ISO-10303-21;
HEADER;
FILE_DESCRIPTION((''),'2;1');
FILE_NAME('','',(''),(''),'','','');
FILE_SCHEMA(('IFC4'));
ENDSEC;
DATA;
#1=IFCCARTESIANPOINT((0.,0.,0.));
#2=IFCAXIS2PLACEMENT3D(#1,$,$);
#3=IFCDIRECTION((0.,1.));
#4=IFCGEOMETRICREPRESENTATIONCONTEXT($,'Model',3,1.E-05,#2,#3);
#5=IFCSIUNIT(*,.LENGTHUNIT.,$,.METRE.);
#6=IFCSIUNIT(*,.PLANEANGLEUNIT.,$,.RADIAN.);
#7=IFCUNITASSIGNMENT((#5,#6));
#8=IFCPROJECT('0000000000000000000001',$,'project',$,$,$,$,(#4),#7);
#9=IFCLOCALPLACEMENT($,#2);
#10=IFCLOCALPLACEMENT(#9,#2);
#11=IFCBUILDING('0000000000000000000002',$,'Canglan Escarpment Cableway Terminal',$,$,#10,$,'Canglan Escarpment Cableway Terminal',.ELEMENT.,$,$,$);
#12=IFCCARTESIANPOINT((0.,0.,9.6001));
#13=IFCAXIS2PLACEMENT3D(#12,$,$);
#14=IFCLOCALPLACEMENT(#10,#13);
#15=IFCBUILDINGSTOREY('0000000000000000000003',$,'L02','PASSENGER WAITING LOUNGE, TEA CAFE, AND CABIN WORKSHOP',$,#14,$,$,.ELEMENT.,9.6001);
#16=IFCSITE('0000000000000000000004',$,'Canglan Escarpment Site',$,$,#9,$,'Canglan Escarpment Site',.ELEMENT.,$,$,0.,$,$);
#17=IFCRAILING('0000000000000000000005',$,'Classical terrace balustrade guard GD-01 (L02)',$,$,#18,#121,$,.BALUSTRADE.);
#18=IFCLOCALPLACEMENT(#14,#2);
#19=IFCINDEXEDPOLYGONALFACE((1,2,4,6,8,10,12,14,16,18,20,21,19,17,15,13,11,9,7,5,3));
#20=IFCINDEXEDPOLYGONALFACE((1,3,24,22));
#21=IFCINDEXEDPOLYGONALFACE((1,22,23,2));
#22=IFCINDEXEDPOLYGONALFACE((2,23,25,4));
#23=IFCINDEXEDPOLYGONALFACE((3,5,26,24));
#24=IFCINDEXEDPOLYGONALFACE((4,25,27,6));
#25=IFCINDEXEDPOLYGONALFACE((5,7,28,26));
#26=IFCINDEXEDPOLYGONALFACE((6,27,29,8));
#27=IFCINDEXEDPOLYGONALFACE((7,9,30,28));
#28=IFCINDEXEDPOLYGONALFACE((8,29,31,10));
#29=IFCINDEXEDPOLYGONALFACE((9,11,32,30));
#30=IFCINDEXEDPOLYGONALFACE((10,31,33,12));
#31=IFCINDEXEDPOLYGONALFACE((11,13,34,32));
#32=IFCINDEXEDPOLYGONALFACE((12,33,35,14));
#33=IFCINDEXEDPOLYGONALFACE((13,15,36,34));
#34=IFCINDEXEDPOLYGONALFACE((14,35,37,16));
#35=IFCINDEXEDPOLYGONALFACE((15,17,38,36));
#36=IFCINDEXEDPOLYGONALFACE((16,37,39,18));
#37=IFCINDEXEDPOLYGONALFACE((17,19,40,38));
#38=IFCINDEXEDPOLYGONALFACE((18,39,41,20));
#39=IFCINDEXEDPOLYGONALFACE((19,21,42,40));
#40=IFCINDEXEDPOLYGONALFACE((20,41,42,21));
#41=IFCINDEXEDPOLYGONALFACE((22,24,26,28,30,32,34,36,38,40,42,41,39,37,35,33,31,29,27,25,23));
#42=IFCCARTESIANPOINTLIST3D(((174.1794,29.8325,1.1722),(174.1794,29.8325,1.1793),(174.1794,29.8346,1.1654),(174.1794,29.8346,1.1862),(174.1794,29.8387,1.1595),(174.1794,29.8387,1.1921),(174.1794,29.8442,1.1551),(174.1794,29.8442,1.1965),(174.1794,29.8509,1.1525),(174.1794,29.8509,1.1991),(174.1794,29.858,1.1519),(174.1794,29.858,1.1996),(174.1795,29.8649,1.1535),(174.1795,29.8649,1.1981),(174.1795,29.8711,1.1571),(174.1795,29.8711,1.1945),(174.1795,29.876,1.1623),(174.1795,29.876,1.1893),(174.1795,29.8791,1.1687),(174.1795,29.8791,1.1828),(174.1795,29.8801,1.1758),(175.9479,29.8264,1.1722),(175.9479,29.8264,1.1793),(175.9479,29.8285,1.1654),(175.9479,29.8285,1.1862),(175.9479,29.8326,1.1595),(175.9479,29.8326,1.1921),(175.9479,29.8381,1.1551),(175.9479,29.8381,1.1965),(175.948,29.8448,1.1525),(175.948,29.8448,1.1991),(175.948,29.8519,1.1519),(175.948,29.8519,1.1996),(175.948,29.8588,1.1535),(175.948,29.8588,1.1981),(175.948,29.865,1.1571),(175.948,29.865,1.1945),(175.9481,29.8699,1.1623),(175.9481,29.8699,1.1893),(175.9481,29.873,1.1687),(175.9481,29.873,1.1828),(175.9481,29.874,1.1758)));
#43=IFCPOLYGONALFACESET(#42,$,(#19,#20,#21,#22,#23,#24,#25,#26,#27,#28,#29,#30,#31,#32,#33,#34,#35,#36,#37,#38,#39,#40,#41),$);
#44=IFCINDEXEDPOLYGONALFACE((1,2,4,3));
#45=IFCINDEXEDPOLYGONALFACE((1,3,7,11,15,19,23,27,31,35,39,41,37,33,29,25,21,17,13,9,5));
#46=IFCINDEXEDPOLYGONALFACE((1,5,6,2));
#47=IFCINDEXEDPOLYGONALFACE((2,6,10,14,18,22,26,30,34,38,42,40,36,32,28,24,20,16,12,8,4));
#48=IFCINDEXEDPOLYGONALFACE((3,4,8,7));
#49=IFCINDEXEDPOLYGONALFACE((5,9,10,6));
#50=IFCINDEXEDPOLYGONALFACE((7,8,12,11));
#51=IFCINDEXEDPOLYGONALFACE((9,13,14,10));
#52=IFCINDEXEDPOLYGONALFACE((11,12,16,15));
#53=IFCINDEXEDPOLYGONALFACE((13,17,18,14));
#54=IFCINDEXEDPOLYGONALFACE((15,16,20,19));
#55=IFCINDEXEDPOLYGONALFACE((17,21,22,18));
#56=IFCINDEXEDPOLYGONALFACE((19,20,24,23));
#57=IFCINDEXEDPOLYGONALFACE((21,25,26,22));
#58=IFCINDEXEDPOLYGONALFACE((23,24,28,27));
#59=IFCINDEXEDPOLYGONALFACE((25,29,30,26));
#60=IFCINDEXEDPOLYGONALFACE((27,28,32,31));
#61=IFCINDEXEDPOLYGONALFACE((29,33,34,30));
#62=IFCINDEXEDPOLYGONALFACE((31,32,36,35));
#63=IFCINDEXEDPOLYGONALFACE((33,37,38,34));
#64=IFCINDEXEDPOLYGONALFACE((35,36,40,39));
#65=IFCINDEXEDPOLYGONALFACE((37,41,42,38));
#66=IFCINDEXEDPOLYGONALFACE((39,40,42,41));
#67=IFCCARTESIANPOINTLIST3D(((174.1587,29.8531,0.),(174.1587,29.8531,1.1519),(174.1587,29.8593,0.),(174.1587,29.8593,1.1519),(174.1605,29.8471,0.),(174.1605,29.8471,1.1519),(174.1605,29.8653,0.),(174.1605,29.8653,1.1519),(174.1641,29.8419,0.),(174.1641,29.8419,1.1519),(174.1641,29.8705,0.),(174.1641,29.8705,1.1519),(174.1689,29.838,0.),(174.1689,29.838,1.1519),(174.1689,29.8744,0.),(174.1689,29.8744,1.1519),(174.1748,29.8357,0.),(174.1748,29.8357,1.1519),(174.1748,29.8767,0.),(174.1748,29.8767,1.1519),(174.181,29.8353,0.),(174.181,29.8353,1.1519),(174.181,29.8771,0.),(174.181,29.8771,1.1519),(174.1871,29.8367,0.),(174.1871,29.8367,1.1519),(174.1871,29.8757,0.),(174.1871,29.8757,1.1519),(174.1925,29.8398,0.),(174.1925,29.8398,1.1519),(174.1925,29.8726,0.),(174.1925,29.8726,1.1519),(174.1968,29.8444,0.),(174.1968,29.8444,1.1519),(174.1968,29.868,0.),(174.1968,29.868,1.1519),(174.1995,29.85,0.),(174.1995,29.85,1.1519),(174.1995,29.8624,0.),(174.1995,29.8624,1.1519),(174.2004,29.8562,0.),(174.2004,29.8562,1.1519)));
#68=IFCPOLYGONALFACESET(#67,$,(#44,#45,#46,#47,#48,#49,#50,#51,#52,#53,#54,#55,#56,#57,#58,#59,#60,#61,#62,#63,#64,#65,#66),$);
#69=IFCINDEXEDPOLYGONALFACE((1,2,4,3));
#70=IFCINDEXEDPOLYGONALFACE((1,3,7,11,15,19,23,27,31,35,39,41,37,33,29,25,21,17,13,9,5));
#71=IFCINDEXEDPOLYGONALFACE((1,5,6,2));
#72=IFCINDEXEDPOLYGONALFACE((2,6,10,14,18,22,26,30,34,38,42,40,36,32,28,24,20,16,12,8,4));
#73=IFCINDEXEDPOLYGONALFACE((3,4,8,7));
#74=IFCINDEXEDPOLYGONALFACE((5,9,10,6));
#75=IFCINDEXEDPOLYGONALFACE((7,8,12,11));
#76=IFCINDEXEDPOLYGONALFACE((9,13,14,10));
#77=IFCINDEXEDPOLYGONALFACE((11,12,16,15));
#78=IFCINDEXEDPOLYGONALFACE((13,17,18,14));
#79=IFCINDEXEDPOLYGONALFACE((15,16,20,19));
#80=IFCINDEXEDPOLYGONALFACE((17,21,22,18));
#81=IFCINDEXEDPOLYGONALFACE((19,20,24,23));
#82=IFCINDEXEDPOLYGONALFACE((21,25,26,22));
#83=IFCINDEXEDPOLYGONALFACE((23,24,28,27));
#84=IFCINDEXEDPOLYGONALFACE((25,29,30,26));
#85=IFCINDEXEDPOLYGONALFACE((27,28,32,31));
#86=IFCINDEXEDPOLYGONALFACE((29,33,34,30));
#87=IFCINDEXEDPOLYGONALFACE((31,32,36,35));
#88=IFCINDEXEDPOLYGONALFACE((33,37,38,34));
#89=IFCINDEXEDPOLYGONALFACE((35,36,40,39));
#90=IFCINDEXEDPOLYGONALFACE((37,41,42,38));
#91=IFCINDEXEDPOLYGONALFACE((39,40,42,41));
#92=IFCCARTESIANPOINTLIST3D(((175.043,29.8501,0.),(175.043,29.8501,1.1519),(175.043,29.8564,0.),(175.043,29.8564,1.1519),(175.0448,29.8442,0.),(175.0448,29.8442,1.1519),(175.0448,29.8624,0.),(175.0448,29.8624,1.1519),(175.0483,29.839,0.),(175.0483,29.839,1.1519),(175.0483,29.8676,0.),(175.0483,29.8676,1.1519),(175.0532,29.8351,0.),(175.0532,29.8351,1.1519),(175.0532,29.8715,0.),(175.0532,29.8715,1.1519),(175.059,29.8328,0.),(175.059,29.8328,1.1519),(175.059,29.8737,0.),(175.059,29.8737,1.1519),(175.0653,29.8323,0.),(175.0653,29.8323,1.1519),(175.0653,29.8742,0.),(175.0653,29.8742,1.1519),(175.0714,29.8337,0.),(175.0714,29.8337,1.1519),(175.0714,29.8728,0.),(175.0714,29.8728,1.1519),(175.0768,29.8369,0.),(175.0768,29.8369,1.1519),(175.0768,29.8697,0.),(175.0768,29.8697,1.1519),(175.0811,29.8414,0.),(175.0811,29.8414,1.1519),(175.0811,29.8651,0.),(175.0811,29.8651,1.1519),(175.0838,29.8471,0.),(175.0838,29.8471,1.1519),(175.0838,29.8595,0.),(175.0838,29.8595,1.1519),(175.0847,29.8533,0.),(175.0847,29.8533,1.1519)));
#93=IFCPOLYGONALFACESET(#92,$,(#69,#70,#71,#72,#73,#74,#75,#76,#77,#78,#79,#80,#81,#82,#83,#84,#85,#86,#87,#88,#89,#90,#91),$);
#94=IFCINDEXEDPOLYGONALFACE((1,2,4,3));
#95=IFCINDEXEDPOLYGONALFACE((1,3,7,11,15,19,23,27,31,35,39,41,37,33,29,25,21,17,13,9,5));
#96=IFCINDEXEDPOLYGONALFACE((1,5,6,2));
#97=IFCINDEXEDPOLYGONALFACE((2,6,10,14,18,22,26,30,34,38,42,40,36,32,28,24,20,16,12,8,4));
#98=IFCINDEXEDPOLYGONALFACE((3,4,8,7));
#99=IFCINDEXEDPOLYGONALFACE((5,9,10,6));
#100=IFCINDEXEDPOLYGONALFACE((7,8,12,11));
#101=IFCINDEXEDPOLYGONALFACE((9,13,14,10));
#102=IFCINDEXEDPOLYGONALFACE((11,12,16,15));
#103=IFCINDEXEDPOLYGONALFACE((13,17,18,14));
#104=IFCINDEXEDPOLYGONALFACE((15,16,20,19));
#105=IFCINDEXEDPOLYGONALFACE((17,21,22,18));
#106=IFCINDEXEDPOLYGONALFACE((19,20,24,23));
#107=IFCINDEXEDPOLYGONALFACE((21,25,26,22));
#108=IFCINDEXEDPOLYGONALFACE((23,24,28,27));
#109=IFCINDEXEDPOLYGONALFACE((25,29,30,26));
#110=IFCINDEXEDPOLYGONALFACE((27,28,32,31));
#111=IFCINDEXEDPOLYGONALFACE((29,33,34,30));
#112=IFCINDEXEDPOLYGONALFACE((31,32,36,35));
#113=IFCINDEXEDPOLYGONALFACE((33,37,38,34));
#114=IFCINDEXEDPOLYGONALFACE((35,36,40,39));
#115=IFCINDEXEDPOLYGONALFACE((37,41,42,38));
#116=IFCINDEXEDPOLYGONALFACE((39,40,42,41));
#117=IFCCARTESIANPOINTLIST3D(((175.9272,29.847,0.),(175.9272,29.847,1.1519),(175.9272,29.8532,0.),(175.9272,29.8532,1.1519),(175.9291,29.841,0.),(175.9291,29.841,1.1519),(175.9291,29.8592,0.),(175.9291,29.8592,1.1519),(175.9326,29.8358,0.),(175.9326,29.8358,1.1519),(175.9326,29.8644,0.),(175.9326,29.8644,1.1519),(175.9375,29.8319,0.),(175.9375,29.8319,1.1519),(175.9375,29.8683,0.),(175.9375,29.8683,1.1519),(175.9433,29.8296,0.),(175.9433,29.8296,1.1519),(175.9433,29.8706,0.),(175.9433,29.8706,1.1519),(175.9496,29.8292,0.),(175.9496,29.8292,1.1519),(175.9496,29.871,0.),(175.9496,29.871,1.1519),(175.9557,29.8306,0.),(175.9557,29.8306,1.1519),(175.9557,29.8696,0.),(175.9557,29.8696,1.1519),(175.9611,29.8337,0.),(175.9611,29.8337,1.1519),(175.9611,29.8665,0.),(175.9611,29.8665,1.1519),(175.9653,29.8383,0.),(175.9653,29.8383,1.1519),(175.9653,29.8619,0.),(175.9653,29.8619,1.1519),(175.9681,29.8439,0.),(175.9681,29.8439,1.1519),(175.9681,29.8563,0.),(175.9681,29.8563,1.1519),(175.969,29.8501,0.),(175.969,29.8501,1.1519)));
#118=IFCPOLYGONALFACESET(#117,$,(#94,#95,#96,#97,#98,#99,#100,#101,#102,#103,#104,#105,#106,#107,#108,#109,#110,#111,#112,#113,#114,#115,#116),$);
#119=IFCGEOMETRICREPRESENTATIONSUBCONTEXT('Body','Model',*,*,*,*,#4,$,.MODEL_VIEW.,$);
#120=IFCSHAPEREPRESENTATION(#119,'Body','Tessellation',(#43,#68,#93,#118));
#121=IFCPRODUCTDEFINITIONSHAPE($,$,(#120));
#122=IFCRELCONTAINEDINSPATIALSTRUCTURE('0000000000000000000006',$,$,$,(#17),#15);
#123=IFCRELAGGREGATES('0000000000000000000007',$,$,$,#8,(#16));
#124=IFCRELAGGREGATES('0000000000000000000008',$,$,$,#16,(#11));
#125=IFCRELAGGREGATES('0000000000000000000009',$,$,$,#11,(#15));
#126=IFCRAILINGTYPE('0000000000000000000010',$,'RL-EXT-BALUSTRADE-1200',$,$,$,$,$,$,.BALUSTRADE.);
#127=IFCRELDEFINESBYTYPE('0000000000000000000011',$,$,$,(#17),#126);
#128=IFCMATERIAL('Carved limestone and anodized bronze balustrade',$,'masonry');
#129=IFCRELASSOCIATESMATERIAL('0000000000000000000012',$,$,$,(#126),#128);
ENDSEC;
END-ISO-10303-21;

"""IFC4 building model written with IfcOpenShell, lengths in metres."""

from ifc_helpers import new_model, si_unit, direction, frame, origin, origin_2d, place, context, subcontext, project, spatial, circle, extrude, material, type_object, element, save


model = new_model("IFC4")

# Units and contexts
model_context = context("Model", 3, precision=1e-05, world=origin(), true_north=direction((0.0, 1.0)))
body_context = subcontext(model_context, "Body", "Model", "MODEL_VIEW")
ifc_project = project(units=[si_unit("LENGTHUNIT", "METRE"), si_unit("PLANEANGLEUNIT", "RADIAN")], contexts=[model_context])

# Site, building, storey
site_placement = place(None, origin())
site = spatial("IfcSite", under=ifc_project, at=site_placement, Name="Canglan Escarpment Site", LongName="Canglan Escarpment Site", CompositionType="ELEMENT", RefElevation=0.0)
building_placement = place(site_placement, origin())
building = spatial("IfcBuilding", under=site, at=building_placement, Name="Canglan Escarpment Cableway Terminal", LongName="Canglan Escarpment Cableway Terminal", CompositionType="ELEMENT")
storey_placement = place(building_placement, frame((0.0, 0.0, 9.6001)))
storey = spatial("IfcBuildingStorey", under=building, at=storey_placement, Name="L02", Description="PASSENGER WAITING LOUNGE, TEA CAFE, AND CABIN WORKSHOP", CompositionType="ELEMENT", Elevation=9.6001)

# Railing
ifc_material_1 = material(Name="Carved limestone and anodized bronze balustrade", Category="masonry")
railing_type = type_object("IfcRailingType", Name="RL-EXT-BALUSTRADE-1200", PredefinedType="BALUSTRADE", material=ifc_material_1)
railing_1_placement = place(storey_placement, frame((174.1794, 29.8562, 0.0)))
element("IfcRailing", 1, at=railing_1_placement, inside=storey, type_object=railing_type, Name="Classical terrace balustrade guard GD-01 (L02)", PredefinedType="BALUSTRADE", context=body_context, shape_type="SweptSolid", body=[
    extrude(circle(Radius=0.0239, at=origin_2d()), frame((0.0, 0.0, 1.1758), z_axis=(0.999994, -0.003451, 0.0), x_axis=(0.003451, 0.999994, 0.0)), (0.0, 0.0, 1.0), 1.7686),
    extrude(circle(Radius=0.021, at=origin_2d()), origin(), (0.0, 0.0, 1.0), 1.1519),
    extrude(circle(Radius=0.021, at=origin_2d()), frame((0.8843, -0.0029, 0.0)), (0.0, 0.0, 1.0), 1.1519),
    extrude(circle(Radius=0.021, at=origin_2d()), frame((1.7686, -0.0061, 0.0)), (0.0, 0.0, 1.0), 1.1519),
])

save(model, "model.ifc")
